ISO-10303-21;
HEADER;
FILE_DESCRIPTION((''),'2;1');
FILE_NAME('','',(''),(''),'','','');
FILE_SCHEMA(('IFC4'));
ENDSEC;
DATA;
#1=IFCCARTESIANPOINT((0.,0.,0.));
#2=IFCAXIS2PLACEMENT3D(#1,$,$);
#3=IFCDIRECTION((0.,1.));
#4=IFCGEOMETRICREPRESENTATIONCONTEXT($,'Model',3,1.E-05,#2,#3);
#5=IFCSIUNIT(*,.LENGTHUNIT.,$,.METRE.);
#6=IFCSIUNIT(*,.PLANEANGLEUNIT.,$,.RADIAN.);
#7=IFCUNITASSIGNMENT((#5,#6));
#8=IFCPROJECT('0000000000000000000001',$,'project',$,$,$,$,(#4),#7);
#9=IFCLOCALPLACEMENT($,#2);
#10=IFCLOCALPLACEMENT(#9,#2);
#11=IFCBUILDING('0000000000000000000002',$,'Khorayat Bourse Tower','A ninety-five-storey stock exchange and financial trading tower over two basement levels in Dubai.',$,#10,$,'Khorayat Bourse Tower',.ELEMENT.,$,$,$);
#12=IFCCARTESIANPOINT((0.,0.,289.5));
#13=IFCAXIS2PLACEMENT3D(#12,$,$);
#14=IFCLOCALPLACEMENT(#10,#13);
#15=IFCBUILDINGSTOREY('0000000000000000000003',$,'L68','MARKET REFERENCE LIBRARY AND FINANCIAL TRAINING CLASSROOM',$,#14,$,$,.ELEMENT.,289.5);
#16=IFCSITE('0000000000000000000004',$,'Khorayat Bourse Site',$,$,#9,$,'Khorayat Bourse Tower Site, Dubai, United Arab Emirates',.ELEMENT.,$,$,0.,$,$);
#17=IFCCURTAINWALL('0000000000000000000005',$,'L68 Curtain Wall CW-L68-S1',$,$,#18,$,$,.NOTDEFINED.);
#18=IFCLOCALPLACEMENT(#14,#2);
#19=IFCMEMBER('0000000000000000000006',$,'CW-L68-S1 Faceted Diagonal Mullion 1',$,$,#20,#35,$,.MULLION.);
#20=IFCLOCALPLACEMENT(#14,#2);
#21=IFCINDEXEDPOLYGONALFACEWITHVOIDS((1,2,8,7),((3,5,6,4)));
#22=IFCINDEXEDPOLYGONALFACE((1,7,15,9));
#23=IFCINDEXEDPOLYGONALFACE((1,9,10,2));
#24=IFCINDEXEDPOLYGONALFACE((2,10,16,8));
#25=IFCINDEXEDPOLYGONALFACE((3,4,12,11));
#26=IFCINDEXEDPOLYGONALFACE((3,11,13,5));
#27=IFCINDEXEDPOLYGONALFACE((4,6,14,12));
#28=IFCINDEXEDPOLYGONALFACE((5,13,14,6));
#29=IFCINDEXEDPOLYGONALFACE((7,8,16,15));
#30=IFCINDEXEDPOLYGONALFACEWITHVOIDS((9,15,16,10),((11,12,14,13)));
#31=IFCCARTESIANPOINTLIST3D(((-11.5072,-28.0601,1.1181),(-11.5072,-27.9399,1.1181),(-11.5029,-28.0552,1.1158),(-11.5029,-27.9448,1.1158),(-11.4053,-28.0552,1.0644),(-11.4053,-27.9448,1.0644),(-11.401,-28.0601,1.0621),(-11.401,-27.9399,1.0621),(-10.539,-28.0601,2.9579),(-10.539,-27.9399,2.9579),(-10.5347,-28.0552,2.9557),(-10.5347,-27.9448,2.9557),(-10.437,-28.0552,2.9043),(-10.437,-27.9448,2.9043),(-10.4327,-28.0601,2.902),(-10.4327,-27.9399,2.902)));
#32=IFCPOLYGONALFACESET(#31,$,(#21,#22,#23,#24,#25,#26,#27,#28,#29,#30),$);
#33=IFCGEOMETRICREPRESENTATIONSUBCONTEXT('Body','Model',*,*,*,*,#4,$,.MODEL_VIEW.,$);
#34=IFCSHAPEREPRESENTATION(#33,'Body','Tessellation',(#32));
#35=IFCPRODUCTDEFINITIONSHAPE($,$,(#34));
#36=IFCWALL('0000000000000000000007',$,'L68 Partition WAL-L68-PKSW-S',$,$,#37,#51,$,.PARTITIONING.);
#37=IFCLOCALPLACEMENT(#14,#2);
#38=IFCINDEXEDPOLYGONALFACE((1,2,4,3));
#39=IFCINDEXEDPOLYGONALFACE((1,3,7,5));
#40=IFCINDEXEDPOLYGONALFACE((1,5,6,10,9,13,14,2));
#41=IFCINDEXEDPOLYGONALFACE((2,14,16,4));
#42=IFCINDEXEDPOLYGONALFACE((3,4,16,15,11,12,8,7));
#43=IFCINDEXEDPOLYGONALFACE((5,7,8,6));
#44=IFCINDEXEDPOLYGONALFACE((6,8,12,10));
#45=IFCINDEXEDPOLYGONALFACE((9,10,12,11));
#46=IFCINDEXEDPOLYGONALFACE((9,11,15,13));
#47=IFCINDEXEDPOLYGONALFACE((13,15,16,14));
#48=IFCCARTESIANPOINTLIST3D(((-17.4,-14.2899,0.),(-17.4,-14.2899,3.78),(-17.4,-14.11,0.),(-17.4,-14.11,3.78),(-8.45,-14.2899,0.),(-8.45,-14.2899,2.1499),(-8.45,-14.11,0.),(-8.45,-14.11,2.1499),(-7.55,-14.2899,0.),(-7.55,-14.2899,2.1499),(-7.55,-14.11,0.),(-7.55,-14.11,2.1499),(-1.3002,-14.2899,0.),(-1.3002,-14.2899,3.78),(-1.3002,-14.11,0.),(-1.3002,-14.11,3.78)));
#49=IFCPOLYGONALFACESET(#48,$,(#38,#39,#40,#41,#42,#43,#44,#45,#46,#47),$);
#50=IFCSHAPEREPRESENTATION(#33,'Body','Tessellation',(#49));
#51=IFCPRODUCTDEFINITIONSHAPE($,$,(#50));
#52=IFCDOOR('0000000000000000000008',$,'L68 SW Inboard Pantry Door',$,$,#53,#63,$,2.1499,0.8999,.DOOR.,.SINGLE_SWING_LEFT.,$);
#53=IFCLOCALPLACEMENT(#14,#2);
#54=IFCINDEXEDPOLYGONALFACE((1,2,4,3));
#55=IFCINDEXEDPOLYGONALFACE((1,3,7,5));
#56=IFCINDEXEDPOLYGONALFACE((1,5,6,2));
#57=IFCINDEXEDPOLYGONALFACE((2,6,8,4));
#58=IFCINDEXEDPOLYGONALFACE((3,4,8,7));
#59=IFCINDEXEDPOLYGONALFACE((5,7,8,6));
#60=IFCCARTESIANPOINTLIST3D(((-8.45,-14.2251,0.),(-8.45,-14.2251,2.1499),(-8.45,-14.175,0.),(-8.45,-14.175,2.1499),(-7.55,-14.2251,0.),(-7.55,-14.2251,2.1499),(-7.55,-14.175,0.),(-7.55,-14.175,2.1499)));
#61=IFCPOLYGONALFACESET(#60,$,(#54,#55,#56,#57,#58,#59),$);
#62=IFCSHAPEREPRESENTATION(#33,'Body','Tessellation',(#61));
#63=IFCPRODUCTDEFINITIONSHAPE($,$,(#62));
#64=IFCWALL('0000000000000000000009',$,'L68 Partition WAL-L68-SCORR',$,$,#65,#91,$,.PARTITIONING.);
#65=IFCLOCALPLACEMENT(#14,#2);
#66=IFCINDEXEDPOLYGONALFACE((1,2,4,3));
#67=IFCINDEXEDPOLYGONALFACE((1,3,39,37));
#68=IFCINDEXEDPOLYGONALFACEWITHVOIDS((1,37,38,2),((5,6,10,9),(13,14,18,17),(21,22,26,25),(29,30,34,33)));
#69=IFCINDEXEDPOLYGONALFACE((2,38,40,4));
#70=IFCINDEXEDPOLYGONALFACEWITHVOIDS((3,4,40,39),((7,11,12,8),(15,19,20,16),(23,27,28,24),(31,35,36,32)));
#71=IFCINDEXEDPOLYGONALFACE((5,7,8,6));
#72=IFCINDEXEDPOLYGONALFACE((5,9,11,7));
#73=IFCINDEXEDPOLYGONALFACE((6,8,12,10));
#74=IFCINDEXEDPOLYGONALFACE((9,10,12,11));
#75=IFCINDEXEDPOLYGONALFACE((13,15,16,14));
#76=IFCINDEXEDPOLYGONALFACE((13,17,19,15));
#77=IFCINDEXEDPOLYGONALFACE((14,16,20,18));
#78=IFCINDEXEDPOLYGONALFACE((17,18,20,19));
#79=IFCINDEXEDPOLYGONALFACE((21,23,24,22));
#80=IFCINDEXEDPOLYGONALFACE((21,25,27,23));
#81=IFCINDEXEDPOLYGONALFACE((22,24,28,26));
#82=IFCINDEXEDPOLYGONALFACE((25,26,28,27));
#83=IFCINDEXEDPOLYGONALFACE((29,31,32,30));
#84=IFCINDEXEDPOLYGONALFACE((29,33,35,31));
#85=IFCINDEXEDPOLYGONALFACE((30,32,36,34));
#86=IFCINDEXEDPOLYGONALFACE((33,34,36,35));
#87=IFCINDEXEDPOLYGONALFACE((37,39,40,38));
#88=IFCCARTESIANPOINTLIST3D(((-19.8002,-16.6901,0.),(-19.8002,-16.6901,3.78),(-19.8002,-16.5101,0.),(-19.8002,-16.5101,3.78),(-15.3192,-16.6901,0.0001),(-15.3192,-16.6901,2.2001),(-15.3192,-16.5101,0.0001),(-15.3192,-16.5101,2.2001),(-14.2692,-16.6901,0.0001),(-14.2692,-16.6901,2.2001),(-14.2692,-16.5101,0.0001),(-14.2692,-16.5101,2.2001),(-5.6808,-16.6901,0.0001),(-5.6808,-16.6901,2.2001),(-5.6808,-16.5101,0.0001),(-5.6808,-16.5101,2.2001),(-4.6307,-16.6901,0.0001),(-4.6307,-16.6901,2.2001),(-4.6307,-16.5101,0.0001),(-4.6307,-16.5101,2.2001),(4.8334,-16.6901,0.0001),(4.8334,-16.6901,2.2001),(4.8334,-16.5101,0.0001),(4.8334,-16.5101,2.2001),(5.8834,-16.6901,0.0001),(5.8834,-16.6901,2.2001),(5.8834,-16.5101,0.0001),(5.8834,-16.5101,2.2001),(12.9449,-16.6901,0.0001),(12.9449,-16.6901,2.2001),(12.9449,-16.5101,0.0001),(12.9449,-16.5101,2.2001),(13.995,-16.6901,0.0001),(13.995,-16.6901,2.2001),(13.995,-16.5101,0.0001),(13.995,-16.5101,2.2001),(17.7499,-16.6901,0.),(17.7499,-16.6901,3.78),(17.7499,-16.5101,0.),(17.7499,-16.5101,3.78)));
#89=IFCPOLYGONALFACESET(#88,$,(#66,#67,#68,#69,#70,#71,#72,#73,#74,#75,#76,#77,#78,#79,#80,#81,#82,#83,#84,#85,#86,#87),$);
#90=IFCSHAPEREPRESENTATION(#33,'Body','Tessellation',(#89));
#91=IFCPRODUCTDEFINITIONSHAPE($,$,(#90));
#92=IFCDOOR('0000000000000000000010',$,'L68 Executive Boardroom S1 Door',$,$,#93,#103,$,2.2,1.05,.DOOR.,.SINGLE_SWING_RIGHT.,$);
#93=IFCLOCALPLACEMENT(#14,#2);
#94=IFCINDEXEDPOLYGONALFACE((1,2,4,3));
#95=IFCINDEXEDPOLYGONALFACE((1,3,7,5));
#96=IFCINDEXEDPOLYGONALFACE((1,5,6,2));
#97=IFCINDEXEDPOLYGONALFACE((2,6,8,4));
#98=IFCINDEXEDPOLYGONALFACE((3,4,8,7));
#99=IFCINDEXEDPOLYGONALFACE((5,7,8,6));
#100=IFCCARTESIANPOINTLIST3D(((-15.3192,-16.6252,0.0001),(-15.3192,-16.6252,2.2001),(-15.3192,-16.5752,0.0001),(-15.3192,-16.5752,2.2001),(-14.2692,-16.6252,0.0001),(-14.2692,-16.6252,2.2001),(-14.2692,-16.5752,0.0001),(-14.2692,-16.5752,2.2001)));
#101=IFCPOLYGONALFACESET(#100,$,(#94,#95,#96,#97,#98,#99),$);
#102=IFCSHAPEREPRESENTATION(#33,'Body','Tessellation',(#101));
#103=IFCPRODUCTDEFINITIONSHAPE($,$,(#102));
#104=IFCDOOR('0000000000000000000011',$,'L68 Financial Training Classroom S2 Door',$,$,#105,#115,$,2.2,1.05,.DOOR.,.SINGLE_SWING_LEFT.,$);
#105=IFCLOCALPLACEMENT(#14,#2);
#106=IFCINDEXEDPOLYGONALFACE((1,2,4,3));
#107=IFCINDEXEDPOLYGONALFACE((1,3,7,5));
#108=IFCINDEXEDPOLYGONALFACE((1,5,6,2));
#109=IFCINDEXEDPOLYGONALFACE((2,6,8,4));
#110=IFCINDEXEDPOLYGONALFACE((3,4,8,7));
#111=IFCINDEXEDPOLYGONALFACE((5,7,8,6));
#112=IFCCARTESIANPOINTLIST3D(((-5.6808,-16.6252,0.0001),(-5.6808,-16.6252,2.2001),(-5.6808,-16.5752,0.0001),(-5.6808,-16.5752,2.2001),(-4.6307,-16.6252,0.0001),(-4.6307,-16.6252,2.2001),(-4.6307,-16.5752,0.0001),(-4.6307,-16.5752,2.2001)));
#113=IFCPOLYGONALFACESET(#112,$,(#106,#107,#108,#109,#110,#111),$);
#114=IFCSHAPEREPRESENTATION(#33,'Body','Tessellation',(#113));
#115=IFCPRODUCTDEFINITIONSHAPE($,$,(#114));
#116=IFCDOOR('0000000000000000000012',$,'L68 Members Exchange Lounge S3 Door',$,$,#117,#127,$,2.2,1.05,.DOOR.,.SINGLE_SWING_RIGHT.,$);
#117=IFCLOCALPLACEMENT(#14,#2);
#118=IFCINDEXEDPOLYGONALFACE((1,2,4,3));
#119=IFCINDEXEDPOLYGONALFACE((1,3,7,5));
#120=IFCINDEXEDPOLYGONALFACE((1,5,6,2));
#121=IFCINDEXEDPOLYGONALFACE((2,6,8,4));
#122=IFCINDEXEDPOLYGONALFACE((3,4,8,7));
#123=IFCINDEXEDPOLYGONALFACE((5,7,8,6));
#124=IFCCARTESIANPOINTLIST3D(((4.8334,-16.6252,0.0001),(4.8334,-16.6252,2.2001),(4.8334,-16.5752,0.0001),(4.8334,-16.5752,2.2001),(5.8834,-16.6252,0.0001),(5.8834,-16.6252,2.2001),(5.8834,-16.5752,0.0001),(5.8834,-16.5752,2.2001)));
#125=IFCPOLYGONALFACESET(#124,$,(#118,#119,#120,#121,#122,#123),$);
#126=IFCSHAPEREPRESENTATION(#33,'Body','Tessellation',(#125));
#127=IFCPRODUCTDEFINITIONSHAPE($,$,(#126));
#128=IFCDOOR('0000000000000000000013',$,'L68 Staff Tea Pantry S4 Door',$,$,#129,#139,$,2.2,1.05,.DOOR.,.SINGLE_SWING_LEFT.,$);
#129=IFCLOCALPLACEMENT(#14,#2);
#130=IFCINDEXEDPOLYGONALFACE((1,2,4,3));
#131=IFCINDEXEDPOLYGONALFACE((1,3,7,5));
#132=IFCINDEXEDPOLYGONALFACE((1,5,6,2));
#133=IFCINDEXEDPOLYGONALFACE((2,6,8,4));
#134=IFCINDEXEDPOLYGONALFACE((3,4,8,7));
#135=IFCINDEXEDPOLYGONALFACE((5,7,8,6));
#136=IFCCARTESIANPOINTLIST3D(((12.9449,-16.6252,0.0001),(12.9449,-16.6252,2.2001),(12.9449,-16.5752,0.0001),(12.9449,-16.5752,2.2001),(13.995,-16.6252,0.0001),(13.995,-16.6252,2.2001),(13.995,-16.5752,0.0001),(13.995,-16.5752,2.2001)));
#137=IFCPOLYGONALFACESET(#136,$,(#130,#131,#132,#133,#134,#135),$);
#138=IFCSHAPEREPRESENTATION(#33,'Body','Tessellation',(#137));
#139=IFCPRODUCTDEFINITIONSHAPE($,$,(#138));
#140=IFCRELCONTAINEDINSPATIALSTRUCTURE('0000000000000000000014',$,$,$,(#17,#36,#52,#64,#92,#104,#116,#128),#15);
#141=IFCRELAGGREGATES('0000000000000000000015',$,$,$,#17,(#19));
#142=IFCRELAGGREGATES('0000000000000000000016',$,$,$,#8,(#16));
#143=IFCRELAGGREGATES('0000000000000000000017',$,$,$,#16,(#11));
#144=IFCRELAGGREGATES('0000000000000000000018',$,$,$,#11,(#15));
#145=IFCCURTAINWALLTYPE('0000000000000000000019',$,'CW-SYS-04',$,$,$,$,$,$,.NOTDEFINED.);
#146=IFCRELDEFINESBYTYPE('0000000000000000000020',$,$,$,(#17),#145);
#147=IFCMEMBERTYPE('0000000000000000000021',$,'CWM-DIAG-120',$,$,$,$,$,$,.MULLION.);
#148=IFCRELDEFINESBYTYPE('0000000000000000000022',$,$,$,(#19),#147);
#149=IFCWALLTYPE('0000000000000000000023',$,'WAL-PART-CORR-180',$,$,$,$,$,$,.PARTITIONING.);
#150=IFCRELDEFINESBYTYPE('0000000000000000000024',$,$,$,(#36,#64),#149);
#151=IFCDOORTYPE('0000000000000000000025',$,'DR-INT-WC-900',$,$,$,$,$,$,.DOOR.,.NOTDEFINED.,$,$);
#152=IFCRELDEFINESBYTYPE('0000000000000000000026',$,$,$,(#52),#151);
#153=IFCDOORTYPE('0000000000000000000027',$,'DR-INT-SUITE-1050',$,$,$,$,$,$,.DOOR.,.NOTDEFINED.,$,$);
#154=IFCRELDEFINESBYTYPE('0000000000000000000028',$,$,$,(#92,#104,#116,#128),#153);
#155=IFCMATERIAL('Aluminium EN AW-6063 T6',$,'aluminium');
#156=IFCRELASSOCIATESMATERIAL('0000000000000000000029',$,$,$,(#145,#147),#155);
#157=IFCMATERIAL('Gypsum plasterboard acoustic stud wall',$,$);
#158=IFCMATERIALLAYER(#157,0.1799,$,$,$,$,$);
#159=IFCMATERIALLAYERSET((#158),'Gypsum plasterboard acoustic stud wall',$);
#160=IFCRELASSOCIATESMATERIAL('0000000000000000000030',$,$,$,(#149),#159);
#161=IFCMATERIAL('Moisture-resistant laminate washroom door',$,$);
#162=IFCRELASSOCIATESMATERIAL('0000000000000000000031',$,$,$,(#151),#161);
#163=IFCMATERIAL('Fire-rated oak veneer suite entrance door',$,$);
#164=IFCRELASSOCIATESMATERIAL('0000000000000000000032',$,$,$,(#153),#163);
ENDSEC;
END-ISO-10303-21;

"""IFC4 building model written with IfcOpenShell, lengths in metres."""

from ifc_helpers import new_model, si_unit, direction, frame, frame_2d, origin, origin_2d, place, context, subcontext, project, spatial, rectangle, hollow_rectangle, extrude, source, transform, mapped, material, layer, layer_set, material_profile, profile_set, type_object, element, fill, aggregate, save


model = new_model("IFC4")

# Units and contexts
model_context = context("Model", 3, precision=1e-05, world=origin(), true_north=direction((0.0, 1.0)))
body_context = subcontext(model_context, "Body", "Model", "MODEL_VIEW")
ifc_project = project(units=[si_unit("LENGTHUNIT", "METRE"), si_unit("PLANEANGLEUNIT", "RADIAN")], contexts=[model_context])

# Site, building, storey
site_placement = place(None, origin())
site = spatial("IfcSite", under=ifc_project, at=site_placement, Name="Khorayat Bourse Site", LongName="Khorayat Bourse Tower Site, Dubai, United Arab Emirates", CompositionType="ELEMENT", RefElevation=0.0)
building_placement = place(site_placement, origin())
building = spatial("IfcBuilding", under=site, at=building_placement, Name="Khorayat Bourse Tower", Description="A ninety-five-storey stock exchange and financial trading tower over two basement levels in Dubai.", LongName="Khorayat Bourse Tower", CompositionType="ELEMENT")
storey_placement = place(building_placement, frame((0.0, 0.0, 289.5)))
storey = spatial("IfcBuildingStorey", under=building, at=storey_placement, Name="L68", Description="MARKET REFERENCE LIBRARY AND FINANCIAL TRAINING CLASSROOM", CompositionType="ELEMENT", Elevation=289.5)

# Curtain wall, member
ifc_material_1 = material(Name="Aluminium EN AW-6063 T6", Category="aluminium")
curtain_wall_type = type_object("IfcCurtainWallType", Name="CW-SYS-04", PredefinedType="NOTDEFINED", material=ifc_material_1)
curtain_wall_placement = place(storey_placement, origin())
curtain_wall = element("IfcCurtainWall", 1, at=curtain_wall_placement, inside=storey, type_object=curtain_wall_type, Name="L68 Curtain Wall CW-L68-S1", PredefinedType="NOTDEFINED")
ifc_material_profile_1 = material_profile(ifc_material_1, hollow_rectangle(XDim=0.1201, YDim=0.1201, WallThickness=0.0049, at=origin_2d()), Name="ALU 120x120x5")
ifc_profile_set_1 = profile_set([ifc_material_profile_1], Name="Aluminium EN AW-6063 T6")
member_type = type_object("IfcMemberType", Name="CWM-DIAG-120", PredefinedType="MULLION", material=ifc_profile_set_1)
shared_shape_1 = source(origin(), body_context, "Body", "SweptSolid", [
    extrude(hollow_rectangle(XDim=0.1201, YDim=0.1201, WallThickness=0.0049, at=origin_2d()), origin(), (0.0, 0.0, 1.0), 2.0791),
])
member_placement = place(storey_placement, frame((-11.4541, -28.0, 1.0901), z_axis=(0.465717, 0.0, 0.884934), x_axis=(0.0, 1.0, 0.0)))
member = element("IfcMember", 2, at=member_placement, type_object=member_type, Name="CW-L68-S1 Faceted Diagonal Mullion 1", PredefinedType="MULLION", context=body_context, shape_type="MappedRepresentation", body=[
    mapped(shared_shape_1, transform((0.0, 0.0, 0.0), scale=1.0)),
])
aggregate(curtain_wall, [member])

# Wall, opening, door
ifc_material_2 = material(Name="Gypsum plasterboard acoustic stud wall")
ifc_layer_1 = layer(ifc_material_2, 0.1799)
ifc_layer_set_1 = layer_set([ifc_layer_1], Name="Gypsum plasterboard acoustic stud wall")
wall_type_1 = type_object("IfcWallType", Name="WAL-PART-CORR-180", PredefinedType="PARTITIONING", material=ifc_layer_set_1)
shared_shape_2 = source(origin(), body_context, "Body", "SweptSolid", [
    extrude(rectangle(XDim=16.0999, YDim=0.1799, at=frame_2d((8.0498, 0.0))), origin(), (0.0, 0.0, 1.0), 3.78),
])
wall_1_placement = place(storey_placement, frame((-17.3999, -14.2, 0.0), z_axis=(0.0, 0.0, 1.0), x_axis=(1.0, 0.0, 0.0)))
wall_1 = element("IfcWall", 3, at=wall_1_placement, inside=storey, type_object=wall_type_1, Name="L68 Partition WAL-L68-PKSW-S", PredefinedType="PARTITIONING", context=body_context, shape_type="MappedRepresentation", body=[
    mapped(shared_shape_2, transform((0.0, 0.0, 0.0), scale=1.0)),
])
shared_shape_3 = source(origin(), body_context, "Body", "SweptSolid", [
    extrude(rectangle(XDim=0.8999, YDim=2.1499, at=frame_2d((0.45, 1.075))), frame((0.0, 0.0999, 0.0), z_axis=(0.0, -1.0, 0.0), x_axis=(1.0, 0.0, 0.0)), (0.0, 0.0, 1.0), 0.2),
])
opening_1_placement = place(wall_1_placement, frame((8.95, 0.0, 0.0)))
opening_1 = element("IfcOpeningElement", 4, at=opening_1_placement, cuts=wall_1, PredefinedType="OPENING", context=body_context, shape_type="MappedRepresentation", body=[
    mapped(shared_shape_3, transform((0.0, 0.0, 0.0), scale=1.0)),
])
ifc_material_3 = material(Name="Moisture-resistant laminate washroom door")
door_type_1 = type_object("IfcDoorType", Name="DR-INT-WC-900", OperationType="NOTDEFINED", PredefinedType="DOOR", material=ifc_material_3)
shared_shape_4 = source(origin(), body_context, "Body", "SweptSolid", [
    extrude(rectangle(XDim=0.8999, YDim=2.1499, at=frame_2d((0.45, 1.075))), frame((0.0, 0.0249, 0.0), z_axis=(0.0, -1.0, 0.0), x_axis=(1.0, 0.0, 0.0)), (0.0, 0.0, 1.0), 0.05),
])
door_1_placement = place(opening_1_placement, origin())
door_1 = element("IfcDoor", 5, at=door_1_placement, inside=storey, type_object=door_type_1, Name="L68 SW Inboard Pantry Door", OperationType="SINGLE_SWING_LEFT", OverallHeight=2.1499, OverallWidth=0.8999, PredefinedType="DOOR", context=body_context, shape_type="MappedRepresentation", body=[
    mapped(shared_shape_4, transform((0.0, 0.0, 0.0), scale=1.0)),
])
fill(opening_1, door_1)

# Wall, openings, doors
shared_shape_5 = source(origin(), body_context, "Body", "SweptSolid", [
    extrude(rectangle(XDim=37.55, YDim=0.1799, at=frame_2d((18.7749, 0.0))), origin(), (0.0, 0.0, 1.0), 3.78),
])
wall_2_placement = place(storey_placement, frame((-19.8, -16.6001, 0.0), z_axis=(0.0, 0.0, 1.0), x_axis=(1.0, 0.0, 0.0)))
wall_2 = element("IfcWall", 6, at=wall_2_placement, inside=storey, type_object=wall_type_1, Name="L68 Partition WAL-L68-SCORR", PredefinedType="PARTITIONING", context=body_context, shape_type="MappedRepresentation", body=[
    mapped(shared_shape_5, transform((0.0, 0.0, 0.0), scale=1.0)),
])
shared_shape_6 = source(origin(), body_context, "Body", "SweptSolid", [
    extrude(rectangle(XDim=1.05, YDim=2.2, at=frame_2d((0.5249, 1.1001))), frame((0.0, 0.0999, 0.0), z_axis=(0.0, -1.0, 0.0), x_axis=(1.0, 0.0, 0.0)), (0.0, 0.0, 1.0), 0.2),
])
opening_2_placement = place(wall_2_placement, frame((4.481, 0.0, 0.0)))
opening_2 = element("IfcOpeningElement", 7, at=opening_2_placement, cuts=wall_2, PredefinedType="OPENING", context=body_context, shape_type="MappedRepresentation", body=[
    mapped(shared_shape_6, transform((0.0, 0.0, 0.0), scale=1.0)),
])
opening_3_placement = place(wall_2_placement, frame((14.1194, 0.0, 0.0)))
opening_3 = element("IfcOpeningElement", 8, at=opening_3_placement, cuts=wall_2, PredefinedType="OPENING", context=body_context, shape_type="MappedRepresentation", body=[
    mapped(shared_shape_6, transform((0.0, 0.0, 0.0), scale=1.0)),
])
opening_4_placement = place(wall_2_placement, frame((24.6335, 0.0, 0.0)))
opening_4 = element("IfcOpeningElement", 9, at=opening_4_placement, cuts=wall_2, PredefinedType="OPENING", context=body_context, shape_type="MappedRepresentation", body=[
    mapped(shared_shape_6, transform((0.0, 0.0, 0.0), scale=1.0)),
])
opening_5_placement = place(wall_2_placement, frame((32.7451, 0.0, 0.0)))
opening_5 = element("IfcOpeningElement", 10, at=opening_5_placement, cuts=wall_2, PredefinedType="OPENING", context=body_context, shape_type="MappedRepresentation", body=[
    mapped(shared_shape_6, transform((0.0, 0.0, 0.0), scale=1.0)),
])
ifc_material_4 = material(Name="Fire-rated oak veneer suite entrance door")
door_type_2 = type_object("IfcDoorType", Name="DR-INT-SUITE-1050", OperationType="NOTDEFINED", PredefinedType="DOOR", material=ifc_material_4)
shared_shape_7 = source(origin(), body_context, "Body", "SweptSolid", [
    extrude(rectangle(XDim=1.05, YDim=2.2, at=frame_2d((0.5249, 1.1001))), frame((0.0, 0.0249, 0.0), z_axis=(0.0, -1.0, 0.0), x_axis=(1.0, 0.0, 0.0)), (0.0, 0.0, 1.0), 0.05),
])
door_2_placement = place(opening_2_placement, origin())
door_2 = element("IfcDoor", 11, at=door_2_placement, inside=storey, type_object=door_type_2, Name="L68 Executive Boardroom S1 Door", OperationType="SINGLE_SWING_RIGHT", OverallHeight=2.2, OverallWidth=1.05, PredefinedType="DOOR", context=body_context, shape_type="MappedRepresentation", body=[
    mapped(shared_shape_7, transform((0.0, 0.0, 0.0), scale=1.0)),
])
fill(opening_2, door_2)
door_3_placement = place(opening_3_placement, origin())
door_3 = element("IfcDoor", 12, at=door_3_placement, inside=storey, type_object=door_type_2, Name="L68 Financial Training Classroom S2 Door", OperationType="SINGLE_SWING_LEFT", OverallHeight=2.2, OverallWidth=1.05, PredefinedType="DOOR", context=body_context, shape_type="MappedRepresentation", body=[
    mapped(shared_shape_7, transform((0.0, 0.0, 0.0), scale=1.0)),
])
fill(opening_3, door_3)
door_4_placement = place(opening_4_placement, origin())
door_4 = element("IfcDoor", 13, at=door_4_placement, inside=storey, type_object=door_type_2, Name="L68 Members Exchange Lounge S3 Door", OperationType="SINGLE_SWING_RIGHT", OverallHeight=2.2, OverallWidth=1.05, PredefinedType="DOOR", context=body_context, shape_type="MappedRepresentation", body=[
    mapped(shared_shape_7, transform((0.0, 0.0, 0.0), scale=1.0)),
])
fill(opening_4, door_4)
door_5_placement = place(opening_5_placement, origin())
door_5 = element("IfcDoor", 14, at=door_5_placement, inside=storey, type_object=door_type_2, Name="L68 Staff Tea Pantry S4 Door", OperationType="SINGLE_SWING_LEFT", OverallHeight=2.2, OverallWidth=1.05, PredefinedType="DOOR", context=body_context, shape_type="MappedRepresentation", body=[
    mapped(shared_shape_7, transform((0.0, 0.0, 0.0), scale=1.0)),
])
fill(opening_5, door_5)

save(model, "model.ifc")
